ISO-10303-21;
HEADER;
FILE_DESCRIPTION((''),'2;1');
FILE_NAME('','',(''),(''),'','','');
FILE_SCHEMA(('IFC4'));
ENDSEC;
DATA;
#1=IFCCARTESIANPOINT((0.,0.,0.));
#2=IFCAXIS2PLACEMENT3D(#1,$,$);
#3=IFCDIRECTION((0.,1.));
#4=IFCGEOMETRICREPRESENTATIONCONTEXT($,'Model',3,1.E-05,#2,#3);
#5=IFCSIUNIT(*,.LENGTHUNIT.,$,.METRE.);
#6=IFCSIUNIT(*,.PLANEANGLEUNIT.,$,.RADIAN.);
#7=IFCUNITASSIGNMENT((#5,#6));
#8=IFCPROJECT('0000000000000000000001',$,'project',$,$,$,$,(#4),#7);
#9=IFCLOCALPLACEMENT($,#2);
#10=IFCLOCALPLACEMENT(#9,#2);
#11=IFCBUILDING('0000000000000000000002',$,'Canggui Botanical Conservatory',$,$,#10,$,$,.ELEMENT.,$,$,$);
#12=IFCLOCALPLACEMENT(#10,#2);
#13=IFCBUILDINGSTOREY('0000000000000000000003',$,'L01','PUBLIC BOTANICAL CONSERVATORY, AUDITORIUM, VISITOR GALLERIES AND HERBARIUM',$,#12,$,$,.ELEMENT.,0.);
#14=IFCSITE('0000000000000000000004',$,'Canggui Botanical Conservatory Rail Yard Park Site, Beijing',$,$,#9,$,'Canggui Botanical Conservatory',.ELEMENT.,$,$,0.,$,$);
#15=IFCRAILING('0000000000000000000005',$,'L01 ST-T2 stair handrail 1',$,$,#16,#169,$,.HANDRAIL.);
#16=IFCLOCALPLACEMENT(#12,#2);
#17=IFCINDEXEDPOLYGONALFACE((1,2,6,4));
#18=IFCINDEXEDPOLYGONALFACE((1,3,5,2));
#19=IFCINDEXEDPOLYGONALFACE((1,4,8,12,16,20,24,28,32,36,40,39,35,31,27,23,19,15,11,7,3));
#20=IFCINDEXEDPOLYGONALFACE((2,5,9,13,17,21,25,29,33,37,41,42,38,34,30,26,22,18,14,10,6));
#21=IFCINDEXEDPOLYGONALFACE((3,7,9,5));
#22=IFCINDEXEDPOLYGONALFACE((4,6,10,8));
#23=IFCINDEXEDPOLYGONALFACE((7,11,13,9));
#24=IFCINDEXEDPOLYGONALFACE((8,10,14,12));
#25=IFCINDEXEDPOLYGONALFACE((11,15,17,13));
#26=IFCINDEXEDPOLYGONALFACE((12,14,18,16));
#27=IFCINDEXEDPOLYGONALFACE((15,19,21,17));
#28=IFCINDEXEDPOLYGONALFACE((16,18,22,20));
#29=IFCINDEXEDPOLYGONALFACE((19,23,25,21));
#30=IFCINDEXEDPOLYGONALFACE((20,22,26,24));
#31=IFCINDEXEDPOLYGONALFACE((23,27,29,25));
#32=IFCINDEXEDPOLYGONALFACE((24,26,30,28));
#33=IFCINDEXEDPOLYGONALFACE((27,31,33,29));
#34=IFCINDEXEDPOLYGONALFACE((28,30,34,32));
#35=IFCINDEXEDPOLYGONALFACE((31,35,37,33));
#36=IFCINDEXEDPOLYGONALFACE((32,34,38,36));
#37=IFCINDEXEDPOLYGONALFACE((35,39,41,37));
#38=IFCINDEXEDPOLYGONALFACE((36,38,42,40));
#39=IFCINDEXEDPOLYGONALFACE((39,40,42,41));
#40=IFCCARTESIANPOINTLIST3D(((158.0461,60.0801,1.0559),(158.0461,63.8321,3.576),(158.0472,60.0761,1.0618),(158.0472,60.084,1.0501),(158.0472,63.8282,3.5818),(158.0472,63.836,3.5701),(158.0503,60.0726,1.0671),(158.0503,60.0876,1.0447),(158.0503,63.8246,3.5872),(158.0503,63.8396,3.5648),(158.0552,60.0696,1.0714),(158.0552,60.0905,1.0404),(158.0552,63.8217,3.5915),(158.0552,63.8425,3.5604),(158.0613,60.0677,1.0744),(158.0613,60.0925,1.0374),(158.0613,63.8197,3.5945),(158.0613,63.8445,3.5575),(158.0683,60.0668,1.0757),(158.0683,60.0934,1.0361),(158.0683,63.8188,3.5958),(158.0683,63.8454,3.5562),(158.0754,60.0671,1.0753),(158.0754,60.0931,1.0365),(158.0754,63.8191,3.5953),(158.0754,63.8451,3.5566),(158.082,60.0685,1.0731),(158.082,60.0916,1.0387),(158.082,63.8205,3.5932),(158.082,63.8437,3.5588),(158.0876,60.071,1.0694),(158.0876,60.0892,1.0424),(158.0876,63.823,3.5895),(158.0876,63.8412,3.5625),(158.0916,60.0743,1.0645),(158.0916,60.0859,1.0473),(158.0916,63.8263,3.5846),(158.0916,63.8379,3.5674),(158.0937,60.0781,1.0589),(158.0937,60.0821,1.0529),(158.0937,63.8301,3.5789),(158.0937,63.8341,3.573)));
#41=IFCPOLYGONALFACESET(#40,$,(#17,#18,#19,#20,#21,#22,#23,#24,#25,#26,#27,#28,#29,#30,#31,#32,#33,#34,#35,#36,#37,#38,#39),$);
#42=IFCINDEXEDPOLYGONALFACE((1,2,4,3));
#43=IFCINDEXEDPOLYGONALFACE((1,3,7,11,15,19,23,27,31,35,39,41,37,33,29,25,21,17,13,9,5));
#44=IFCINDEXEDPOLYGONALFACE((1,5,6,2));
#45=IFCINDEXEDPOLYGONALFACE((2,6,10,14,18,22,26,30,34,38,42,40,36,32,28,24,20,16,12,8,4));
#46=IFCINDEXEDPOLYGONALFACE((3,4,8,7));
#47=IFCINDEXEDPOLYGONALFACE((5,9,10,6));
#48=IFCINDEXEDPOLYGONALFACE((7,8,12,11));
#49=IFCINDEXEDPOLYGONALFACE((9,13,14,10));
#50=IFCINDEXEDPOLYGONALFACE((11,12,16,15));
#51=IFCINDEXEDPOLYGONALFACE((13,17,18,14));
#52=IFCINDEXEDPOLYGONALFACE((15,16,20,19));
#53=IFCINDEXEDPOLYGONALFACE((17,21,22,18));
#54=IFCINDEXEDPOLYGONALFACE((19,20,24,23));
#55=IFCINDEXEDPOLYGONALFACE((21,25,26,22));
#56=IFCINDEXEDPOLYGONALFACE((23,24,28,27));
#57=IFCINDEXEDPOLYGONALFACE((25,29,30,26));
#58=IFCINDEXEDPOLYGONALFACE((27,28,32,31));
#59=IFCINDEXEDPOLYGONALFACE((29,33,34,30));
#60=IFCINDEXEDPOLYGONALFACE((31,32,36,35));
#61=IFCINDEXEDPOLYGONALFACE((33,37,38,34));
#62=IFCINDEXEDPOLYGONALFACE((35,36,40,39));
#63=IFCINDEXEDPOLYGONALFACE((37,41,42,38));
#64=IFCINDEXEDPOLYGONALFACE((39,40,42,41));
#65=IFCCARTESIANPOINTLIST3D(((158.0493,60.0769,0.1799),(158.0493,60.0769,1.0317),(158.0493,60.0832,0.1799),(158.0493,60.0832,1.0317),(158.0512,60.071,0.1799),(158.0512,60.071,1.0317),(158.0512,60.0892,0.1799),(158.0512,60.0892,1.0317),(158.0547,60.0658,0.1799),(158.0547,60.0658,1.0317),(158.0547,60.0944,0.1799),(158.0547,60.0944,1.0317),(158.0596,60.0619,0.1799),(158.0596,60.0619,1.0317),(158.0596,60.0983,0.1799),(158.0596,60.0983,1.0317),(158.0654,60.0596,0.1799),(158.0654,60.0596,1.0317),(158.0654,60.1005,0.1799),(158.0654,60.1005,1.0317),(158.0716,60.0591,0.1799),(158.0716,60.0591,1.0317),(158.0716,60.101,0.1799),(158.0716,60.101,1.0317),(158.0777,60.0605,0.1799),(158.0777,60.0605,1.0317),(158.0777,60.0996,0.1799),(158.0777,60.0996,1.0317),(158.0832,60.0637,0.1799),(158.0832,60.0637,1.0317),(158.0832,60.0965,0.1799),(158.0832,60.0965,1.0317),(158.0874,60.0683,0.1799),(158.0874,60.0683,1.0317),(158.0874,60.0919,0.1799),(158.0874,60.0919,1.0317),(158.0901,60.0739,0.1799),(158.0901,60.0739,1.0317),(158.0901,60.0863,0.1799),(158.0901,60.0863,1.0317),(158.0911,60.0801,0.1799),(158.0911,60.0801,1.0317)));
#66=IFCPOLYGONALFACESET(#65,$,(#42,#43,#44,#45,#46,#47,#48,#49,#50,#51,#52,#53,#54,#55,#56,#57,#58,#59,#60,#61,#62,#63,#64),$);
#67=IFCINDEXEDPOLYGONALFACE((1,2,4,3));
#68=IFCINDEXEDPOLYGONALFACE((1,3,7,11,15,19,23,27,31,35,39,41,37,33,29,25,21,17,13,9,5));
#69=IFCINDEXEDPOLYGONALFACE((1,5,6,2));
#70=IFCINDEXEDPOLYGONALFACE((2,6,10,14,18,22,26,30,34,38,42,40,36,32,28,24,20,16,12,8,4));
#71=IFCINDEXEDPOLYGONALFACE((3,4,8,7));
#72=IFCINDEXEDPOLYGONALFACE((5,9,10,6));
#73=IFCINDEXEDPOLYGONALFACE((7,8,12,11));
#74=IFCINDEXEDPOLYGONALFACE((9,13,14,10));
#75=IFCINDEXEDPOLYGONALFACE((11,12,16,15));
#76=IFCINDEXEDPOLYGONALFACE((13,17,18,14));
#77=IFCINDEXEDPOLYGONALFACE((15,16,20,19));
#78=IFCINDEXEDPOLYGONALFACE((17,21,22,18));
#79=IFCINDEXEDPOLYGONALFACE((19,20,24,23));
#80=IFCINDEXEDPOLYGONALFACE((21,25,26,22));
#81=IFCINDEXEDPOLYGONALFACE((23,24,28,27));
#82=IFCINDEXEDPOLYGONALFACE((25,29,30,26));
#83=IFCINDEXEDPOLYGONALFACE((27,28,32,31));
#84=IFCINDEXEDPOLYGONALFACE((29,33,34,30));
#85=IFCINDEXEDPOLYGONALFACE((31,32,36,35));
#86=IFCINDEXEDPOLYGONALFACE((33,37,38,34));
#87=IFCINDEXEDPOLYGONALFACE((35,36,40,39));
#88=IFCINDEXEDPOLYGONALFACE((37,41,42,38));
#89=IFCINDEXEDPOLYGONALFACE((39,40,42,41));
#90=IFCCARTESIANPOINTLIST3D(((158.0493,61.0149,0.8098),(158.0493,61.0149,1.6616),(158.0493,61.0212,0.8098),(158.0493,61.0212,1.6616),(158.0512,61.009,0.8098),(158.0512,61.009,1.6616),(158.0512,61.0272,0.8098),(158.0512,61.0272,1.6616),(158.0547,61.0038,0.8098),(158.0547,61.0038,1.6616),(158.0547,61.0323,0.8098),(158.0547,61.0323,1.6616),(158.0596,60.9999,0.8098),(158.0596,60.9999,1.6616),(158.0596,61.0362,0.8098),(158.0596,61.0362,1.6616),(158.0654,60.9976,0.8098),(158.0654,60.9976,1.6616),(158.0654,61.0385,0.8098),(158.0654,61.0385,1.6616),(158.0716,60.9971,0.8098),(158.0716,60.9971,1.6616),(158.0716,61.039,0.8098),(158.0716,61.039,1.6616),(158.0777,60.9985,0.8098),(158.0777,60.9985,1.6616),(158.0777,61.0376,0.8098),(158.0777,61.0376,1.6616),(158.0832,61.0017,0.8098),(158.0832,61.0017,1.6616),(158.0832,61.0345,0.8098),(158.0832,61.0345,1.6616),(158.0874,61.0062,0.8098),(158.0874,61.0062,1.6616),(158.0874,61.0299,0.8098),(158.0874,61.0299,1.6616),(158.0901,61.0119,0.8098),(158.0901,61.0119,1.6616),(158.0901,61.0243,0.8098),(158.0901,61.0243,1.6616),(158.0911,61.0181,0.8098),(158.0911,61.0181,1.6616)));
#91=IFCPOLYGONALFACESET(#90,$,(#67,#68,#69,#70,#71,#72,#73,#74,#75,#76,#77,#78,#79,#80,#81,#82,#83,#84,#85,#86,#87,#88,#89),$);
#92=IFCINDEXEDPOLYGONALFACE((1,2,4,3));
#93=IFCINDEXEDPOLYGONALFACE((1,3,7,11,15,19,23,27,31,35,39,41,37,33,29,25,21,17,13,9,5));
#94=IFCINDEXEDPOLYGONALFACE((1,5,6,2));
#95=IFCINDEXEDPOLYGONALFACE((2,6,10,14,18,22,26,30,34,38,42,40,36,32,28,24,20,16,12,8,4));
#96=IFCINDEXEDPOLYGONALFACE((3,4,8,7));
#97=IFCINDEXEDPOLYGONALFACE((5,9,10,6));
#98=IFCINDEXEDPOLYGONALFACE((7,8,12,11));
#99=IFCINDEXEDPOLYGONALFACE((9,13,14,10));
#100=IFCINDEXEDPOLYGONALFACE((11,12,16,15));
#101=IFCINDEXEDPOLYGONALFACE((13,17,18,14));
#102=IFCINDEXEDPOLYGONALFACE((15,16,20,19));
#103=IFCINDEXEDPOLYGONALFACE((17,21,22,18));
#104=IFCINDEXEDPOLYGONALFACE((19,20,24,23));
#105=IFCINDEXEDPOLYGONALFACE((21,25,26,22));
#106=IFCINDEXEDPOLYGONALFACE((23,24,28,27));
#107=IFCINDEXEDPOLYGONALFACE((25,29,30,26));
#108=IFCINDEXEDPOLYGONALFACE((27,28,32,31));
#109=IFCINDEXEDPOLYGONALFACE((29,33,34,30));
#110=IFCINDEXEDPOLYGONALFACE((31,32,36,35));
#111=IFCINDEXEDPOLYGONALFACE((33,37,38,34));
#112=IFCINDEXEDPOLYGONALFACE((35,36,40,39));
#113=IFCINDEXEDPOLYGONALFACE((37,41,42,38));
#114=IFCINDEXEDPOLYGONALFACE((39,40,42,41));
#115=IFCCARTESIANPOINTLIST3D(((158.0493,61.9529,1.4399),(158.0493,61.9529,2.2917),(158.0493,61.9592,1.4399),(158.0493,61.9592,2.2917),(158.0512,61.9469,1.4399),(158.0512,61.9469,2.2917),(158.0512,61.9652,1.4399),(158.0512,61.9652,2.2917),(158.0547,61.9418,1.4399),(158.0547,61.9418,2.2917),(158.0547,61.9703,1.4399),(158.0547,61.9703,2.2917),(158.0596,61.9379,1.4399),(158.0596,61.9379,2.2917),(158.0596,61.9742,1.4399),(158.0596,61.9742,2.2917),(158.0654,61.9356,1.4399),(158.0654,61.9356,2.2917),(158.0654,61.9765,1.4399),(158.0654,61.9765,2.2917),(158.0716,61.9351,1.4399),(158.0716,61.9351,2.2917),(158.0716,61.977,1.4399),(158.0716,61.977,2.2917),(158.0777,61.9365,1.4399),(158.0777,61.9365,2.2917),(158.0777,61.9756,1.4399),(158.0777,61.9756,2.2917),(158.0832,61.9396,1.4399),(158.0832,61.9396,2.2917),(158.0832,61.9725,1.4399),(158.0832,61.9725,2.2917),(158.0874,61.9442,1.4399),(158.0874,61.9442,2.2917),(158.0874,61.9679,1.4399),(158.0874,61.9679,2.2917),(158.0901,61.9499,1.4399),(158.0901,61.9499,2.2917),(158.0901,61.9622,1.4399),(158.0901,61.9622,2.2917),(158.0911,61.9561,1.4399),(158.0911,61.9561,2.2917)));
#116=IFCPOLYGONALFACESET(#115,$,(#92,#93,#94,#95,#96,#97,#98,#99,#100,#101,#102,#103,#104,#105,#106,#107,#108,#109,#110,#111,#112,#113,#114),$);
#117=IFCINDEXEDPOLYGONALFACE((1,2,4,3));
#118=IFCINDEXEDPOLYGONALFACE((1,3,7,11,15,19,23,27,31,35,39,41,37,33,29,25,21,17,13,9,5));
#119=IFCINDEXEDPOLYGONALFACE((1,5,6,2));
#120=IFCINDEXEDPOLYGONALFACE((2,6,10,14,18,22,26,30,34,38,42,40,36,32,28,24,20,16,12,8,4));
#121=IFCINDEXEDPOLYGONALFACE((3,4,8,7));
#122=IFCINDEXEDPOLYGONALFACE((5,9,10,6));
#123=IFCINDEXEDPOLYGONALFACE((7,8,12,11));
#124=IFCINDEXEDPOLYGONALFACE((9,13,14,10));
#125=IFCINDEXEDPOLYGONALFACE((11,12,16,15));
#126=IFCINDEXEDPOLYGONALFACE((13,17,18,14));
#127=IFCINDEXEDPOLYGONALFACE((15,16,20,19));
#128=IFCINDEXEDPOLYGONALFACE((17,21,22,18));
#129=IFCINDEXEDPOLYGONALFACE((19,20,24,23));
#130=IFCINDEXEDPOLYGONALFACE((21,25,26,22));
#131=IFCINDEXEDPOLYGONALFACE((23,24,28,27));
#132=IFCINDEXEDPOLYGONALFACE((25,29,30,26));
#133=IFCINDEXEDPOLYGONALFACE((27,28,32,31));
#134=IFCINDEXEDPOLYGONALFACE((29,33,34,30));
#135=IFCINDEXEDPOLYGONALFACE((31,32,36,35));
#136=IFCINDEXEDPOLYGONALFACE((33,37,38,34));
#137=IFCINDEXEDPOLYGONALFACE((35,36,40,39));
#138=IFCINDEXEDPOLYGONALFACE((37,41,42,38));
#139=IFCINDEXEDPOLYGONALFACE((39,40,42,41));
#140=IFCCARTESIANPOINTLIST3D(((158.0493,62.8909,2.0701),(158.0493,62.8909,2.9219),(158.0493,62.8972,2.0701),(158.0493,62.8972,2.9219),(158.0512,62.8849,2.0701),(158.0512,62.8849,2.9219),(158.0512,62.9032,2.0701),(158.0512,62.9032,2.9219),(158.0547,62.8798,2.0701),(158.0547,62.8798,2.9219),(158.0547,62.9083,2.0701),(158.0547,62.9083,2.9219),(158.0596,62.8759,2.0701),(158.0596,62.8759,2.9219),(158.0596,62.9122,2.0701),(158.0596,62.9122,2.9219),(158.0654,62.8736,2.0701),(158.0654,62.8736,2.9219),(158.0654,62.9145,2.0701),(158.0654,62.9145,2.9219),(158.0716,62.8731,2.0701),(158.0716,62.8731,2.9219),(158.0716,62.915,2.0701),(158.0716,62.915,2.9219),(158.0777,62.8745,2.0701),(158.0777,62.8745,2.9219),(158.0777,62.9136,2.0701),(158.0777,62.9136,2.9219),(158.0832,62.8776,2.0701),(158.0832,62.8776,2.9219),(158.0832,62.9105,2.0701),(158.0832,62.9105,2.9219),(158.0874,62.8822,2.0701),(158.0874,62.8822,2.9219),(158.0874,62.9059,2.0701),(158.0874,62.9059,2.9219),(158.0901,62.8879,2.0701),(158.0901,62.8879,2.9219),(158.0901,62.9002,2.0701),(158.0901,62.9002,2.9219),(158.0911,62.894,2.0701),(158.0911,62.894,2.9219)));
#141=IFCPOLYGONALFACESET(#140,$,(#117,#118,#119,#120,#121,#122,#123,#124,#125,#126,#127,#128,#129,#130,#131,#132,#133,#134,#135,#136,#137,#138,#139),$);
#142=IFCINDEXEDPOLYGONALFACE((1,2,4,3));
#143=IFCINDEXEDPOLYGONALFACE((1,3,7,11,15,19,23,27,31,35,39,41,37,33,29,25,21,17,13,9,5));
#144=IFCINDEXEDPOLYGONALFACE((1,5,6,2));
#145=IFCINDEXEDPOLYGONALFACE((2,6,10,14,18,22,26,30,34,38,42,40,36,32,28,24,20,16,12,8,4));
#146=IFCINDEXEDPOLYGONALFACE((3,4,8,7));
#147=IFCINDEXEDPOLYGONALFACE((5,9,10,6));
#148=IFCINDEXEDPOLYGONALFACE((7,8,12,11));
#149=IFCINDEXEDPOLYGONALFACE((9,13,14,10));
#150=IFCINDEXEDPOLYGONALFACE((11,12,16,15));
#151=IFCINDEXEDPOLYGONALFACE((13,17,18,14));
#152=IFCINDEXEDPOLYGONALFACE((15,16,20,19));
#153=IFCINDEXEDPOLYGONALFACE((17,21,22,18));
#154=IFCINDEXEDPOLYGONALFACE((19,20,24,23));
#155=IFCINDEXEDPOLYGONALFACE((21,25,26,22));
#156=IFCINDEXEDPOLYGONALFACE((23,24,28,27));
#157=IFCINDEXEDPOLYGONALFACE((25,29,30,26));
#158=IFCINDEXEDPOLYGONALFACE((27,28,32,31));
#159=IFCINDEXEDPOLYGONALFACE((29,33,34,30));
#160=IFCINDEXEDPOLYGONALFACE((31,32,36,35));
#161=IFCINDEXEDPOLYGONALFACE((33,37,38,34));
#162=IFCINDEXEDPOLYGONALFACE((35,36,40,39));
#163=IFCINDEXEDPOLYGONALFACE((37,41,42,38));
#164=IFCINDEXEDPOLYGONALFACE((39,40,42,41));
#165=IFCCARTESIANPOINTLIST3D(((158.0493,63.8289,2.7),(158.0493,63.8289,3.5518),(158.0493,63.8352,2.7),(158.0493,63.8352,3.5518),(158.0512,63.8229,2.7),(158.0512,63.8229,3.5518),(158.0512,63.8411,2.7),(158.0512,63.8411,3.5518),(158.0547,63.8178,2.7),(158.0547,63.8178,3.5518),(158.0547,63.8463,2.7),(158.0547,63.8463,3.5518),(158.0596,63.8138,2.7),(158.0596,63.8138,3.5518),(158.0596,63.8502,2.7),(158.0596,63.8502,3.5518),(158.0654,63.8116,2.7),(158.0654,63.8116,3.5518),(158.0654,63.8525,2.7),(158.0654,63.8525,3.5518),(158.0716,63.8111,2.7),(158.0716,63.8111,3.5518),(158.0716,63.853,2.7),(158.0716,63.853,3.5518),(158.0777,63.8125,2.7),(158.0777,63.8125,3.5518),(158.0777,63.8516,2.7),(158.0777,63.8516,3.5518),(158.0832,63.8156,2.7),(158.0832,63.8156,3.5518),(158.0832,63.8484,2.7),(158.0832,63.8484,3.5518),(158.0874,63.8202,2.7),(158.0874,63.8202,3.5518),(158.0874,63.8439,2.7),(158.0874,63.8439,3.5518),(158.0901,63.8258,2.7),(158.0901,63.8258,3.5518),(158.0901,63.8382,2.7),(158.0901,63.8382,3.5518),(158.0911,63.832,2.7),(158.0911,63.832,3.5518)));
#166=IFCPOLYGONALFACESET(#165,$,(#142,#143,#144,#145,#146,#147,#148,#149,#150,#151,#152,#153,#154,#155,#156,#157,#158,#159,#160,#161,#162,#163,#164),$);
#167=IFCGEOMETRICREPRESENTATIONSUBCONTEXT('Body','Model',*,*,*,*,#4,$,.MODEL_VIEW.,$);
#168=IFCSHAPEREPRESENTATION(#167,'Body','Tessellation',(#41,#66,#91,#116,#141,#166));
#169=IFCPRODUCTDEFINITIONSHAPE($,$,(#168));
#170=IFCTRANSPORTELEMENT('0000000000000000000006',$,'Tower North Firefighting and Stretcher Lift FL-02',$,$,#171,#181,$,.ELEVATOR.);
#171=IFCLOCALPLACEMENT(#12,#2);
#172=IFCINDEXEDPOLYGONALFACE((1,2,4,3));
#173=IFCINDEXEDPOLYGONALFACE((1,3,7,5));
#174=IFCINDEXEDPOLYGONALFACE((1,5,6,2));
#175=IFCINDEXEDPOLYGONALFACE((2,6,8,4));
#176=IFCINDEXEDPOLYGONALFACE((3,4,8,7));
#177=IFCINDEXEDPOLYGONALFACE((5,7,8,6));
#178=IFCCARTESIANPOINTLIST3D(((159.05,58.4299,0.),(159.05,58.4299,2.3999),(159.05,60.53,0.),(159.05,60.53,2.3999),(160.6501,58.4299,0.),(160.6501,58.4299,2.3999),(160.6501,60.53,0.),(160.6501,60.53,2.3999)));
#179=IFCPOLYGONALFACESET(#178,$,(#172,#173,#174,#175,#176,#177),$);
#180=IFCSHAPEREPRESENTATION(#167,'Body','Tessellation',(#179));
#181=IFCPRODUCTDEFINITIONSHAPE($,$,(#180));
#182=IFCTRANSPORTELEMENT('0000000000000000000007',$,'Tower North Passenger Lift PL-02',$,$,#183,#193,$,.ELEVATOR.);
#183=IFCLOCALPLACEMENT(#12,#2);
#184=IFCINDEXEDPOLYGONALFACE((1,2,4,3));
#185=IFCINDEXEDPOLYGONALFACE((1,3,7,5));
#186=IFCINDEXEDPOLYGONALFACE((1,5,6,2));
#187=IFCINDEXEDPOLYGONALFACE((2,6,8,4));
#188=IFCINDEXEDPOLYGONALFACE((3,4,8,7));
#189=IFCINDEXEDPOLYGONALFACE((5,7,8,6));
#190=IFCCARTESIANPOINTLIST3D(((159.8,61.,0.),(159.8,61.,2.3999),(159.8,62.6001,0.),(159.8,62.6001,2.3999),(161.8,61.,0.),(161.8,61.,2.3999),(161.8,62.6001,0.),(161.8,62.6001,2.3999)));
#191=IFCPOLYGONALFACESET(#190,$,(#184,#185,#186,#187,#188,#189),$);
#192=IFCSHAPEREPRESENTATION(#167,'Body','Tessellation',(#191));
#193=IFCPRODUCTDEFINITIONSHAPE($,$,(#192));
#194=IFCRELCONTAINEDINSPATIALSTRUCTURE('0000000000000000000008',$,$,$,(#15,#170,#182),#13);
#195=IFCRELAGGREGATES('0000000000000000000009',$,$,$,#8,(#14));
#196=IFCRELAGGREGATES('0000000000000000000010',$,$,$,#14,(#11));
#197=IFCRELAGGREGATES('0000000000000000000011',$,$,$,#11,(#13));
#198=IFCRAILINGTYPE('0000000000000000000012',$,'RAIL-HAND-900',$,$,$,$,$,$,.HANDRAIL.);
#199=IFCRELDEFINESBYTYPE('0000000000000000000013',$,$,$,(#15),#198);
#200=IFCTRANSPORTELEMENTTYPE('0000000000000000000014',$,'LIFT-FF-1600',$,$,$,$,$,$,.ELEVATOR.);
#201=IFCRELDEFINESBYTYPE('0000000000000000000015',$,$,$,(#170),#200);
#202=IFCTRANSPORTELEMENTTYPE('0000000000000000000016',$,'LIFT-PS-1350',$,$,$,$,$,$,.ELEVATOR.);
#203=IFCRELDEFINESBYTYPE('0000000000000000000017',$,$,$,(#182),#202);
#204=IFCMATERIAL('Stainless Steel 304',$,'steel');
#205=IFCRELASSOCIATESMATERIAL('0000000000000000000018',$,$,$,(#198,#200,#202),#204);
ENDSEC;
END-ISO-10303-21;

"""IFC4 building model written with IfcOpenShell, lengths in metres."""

from ifc_helpers import new_model, si_unit, direction, frame, origin, origin_2d, place, context, subcontext, project, spatial, rectangle, circle, extrude, material, type_object, element, save


model = new_model("IFC4")

# Units and contexts
model_context = context("Model", 3, precision=1e-05, world=origin(), true_north=direction((0.0, 1.0)))
body_context = subcontext(model_context, "Body", "Model", "MODEL_VIEW")
ifc_project = project(units=[si_unit("LENGTHUNIT", "METRE"), si_unit("PLANEANGLEUNIT", "RADIAN")], contexts=[model_context])

# Site, building, storey
site_placement = place(None, origin())
site = spatial("IfcSite", under=ifc_project, at=site_placement, Name="Canggui Botanical Conservatory Rail Yard Park Site, Beijing", LongName="Canggui Botanical Conservatory", CompositionType="ELEMENT", RefElevation=0.0)
building_placement = place(site_placement, origin())
building = spatial("IfcBuilding", under=site, at=building_placement, Name="Canggui Botanical Conservatory", CompositionType="ELEMENT")
storey_placement = place(building_placement, origin())
storey = spatial("IfcBuildingStorey", under=building, at=storey_placement, Name="L01", Description="PUBLIC BOTANICAL CONSERVATORY, AUDITORIUM, VISITOR GALLERIES AND HERBARIUM", CompositionType="ELEMENT", Elevation=0.0)

# Shared definitions
ifc_material_1 = material(Name="Stainless Steel 304", Category="steel")

# Railing
railing_type_1 = type_object("IfcRailingType", Name="RAIL-HAND-900", PredefinedType="HANDRAIL", material=ifc_material_1)
railing_1_placement = place(storey_placement, frame((158.0701, 60.0801, 0.1799)))
element("IfcRailing", 1, at=railing_1_placement, inside=storey, type_object=railing_type_1, Name="L01 ST-T2 stair handrail 1", PredefinedType="HANDRAIL", context=body_context, shape_type="SweptSolid", body=[
    extrude(circle(Radius=0.0239, at=origin_2d()), frame((0.0, 0.0, 0.876), z_axis=(0.0, 0.830134, 0.557564), x_axis=(-1.0, 0.0, 0.0)), (0.0, 0.0, 1.0), 4.5198),
    extrude(circle(Radius=0.021, at=origin_2d()), origin(), (0.0, 0.0, 1.0), 0.8518),
    extrude(circle(Radius=0.021, at=origin_2d()), frame((0.0, 0.938, 0.6299)), (0.0, 0.0, 1.0), 0.8518),
    extrude(circle(Radius=0.021, at=origin_2d()), frame((0.0, 1.876, 1.26)), (0.0, 0.0, 1.0), 0.8518),
    extrude(circle(Radius=0.021, at=origin_2d()), frame((0.0, 2.814, 1.8901)), (0.0, 0.0, 1.0), 0.8518),
    extrude(circle(Radius=0.021, at=origin_2d()), frame((0.0, 3.752, 2.52)), (0.0, 0.0, 1.0), 0.8518),
])

# Transport elements
transport_element_type_1 = type_object("IfcTransportElementType", Name="LIFT-FF-1600", PredefinedType="ELEVATOR", material=ifc_material_1)
transport_element_1_placement = place(storey_placement, frame((159.8501, 59.48, 0.0), z_axis=(0.0, 0.0, 1.0), x_axis=(1.0, 0.0, 0.0)))
element("IfcTransportElement", 2, at=transport_element_1_placement, inside=storey, type_object=transport_element_type_1, Name="Tower North Firefighting and Stretcher Lift FL-02", PredefinedType="ELEVATOR", context=body_context, shape_type="SweptSolid", body=[
    extrude(rectangle(XDim=1.6001, YDim=2.1001, at=origin_2d()), origin(), (0.0, 0.0, 1.0), 2.3999),
])
transport_element_type_2 = type_object("IfcTransportElementType", Name="LIFT-PS-1350", PredefinedType="ELEVATOR", material=ifc_material_1)
transport_element_2_placement = place(storey_placement, frame((160.8, 61.8, 0.0), z_axis=(0.0, 0.0, 1.0), x_axis=(0.0, 1.0, 0.0)))
element("IfcTransportElement", 3, at=transport_element_2_placement, inside=storey, type_object=transport_element_type_2, Name="Tower North Passenger Lift PL-02", PredefinedType="ELEVATOR", context=body_context, shape_type="SweptSolid", body=[
    extrude(rectangle(XDim=1.6001, YDim=2.0, at=origin_2d()), origin(), (0.0, 0.0, 1.0), 2.3999),
])

save(model, "model.ifc")
